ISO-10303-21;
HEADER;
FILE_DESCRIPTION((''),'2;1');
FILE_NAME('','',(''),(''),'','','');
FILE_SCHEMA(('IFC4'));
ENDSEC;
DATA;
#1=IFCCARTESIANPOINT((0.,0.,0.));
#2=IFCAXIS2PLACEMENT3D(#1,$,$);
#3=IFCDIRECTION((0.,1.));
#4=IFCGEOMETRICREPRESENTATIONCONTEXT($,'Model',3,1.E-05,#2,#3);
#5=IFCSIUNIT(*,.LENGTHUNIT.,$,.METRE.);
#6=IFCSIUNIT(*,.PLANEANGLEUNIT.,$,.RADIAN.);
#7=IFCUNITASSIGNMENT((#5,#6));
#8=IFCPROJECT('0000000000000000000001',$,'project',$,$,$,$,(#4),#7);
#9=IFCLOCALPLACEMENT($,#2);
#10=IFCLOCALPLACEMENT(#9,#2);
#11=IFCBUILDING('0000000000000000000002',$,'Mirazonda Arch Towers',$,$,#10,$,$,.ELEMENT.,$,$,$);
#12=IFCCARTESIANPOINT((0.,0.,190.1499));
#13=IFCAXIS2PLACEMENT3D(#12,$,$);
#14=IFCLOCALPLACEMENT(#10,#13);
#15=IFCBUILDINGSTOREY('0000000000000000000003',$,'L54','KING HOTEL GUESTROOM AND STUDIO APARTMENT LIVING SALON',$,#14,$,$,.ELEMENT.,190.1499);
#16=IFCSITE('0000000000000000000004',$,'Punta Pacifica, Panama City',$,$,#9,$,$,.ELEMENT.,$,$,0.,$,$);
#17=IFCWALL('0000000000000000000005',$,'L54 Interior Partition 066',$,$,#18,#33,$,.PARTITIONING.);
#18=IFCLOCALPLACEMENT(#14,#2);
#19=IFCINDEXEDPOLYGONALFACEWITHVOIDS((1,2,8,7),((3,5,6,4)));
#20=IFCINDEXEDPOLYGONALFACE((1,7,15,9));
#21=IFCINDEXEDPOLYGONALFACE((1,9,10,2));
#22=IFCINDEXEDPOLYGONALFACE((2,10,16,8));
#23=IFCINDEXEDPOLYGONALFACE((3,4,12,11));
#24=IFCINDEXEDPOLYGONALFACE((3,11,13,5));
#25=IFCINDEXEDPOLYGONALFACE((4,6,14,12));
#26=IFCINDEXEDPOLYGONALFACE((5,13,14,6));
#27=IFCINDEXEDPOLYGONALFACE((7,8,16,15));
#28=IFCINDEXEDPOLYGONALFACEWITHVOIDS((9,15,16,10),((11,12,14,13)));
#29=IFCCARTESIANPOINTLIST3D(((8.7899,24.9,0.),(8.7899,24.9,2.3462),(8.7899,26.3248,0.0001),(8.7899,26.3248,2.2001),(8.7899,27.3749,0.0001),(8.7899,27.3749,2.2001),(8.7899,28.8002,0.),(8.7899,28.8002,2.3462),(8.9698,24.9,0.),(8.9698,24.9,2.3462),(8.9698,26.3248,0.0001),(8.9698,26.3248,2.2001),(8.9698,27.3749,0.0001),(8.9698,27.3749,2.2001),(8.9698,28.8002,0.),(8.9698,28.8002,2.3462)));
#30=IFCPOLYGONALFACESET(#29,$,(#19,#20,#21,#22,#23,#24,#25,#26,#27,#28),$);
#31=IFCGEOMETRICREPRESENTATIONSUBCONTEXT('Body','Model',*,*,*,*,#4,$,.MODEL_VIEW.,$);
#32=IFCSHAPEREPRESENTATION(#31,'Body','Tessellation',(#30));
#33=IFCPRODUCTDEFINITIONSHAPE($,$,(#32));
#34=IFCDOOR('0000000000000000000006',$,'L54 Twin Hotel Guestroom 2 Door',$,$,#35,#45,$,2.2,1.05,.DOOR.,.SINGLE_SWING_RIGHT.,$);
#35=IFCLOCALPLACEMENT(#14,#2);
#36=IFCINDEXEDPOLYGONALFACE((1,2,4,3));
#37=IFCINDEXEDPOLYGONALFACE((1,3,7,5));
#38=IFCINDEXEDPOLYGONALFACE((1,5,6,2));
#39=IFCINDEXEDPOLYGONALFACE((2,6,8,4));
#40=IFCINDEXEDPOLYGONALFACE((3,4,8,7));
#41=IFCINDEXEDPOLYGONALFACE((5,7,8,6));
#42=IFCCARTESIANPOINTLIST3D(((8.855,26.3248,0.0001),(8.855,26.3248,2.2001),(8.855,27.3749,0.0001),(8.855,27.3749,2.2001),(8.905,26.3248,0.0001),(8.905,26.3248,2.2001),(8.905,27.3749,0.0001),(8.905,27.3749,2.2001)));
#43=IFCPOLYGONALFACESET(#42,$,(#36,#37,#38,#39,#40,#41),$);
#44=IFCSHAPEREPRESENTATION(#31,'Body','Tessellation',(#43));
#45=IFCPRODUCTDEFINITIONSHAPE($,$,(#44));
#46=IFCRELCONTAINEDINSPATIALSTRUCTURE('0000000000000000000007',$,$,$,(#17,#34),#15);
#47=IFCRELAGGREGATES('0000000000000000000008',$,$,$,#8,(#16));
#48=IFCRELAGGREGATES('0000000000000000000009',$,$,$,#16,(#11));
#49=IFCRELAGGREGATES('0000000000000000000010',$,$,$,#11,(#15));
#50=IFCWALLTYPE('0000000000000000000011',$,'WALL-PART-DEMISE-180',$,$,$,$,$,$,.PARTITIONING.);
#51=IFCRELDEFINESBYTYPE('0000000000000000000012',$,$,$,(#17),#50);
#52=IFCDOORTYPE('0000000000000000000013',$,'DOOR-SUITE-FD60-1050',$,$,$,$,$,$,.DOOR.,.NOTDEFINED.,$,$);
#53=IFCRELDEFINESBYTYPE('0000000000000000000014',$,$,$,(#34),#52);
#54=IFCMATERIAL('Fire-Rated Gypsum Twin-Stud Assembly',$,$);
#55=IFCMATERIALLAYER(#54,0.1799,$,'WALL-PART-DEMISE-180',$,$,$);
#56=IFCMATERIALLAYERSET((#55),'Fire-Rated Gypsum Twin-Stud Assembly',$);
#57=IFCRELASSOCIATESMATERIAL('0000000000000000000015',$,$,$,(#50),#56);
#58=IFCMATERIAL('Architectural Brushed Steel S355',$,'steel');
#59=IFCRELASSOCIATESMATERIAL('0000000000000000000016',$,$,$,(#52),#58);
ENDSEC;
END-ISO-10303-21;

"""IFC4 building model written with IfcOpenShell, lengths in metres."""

from ifc_helpers import new_model, si_unit, direction, frame, frame_2d, origin, place, context, subcontext, project, spatial, rectangle, extrude, material, layer, layer_set, type_object, element, fill, save


model = new_model("IFC4")

# Units and contexts
model_context = context("Model", 3, precision=1e-05, world=origin(), true_north=direction((0.0, 1.0)))
body_context = subcontext(model_context, "Body", "Model", "MODEL_VIEW")
ifc_project = project(units=[si_unit("LENGTHUNIT", "METRE"), si_unit("PLANEANGLEUNIT", "RADIAN")], contexts=[model_context])

# Site, building, storey
site_placement = place(None, origin())
site = spatial("IfcSite", under=ifc_project, at=site_placement, Name="Punta Pacifica, Panama City", CompositionType="ELEMENT", RefElevation=0.0)
building_placement = place(site_placement, origin())
building = spatial("IfcBuilding", under=site, at=building_placement, Name="Mirazonda Arch Towers", CompositionType="ELEMENT")
storey_placement = place(building_placement, frame((0.0, 0.0, 190.1499)))
storey = spatial("IfcBuildingStorey", under=building, at=storey_placement, Name="L54", Description="KING HOTEL GUESTROOM AND STUDIO APARTMENT LIVING SALON", CompositionType="ELEMENT", Elevation=190.1499)

# Shared definitions
ifc_material_1 = material(Name="Architectural Brushed Steel S355", Category="steel")

# Shared definitions
ifc_material_2 = material(Name="Fire-Rated Gypsum Twin-Stud Assembly")
ifc_layer_1 = layer(ifc_material_2, 0.1799, Name="WALL-PART-DEMISE-180")
ifc_layer_set_1 = layer_set([ifc_layer_1], Name="Fire-Rated Gypsum Twin-Stud Assembly")
wall_type_1 = type_object("IfcWallType", Name="WALL-PART-DEMISE-180", PredefinedType="PARTITIONING", material=ifc_layer_set_1)

# Wall, opening, door
wall_1_placement = place(storey_placement, frame((8.8799, 24.8999, 0.0), z_axis=(0.0, 0.0, 1.0), x_axis=(0.0, 1.0, 0.0)))
wall_1 = element("IfcWall", 1, at=wall_1_placement, inside=storey, type_object=wall_type_1, Name="L54 Interior Partition 066", PredefinedType="PARTITIONING", context=body_context, shape_type="SweptSolid", body=[
    extrude(rectangle(XDim=3.9001, YDim=0.1799, at=frame_2d((1.9502, 0.0))), origin(), (0.0, 0.0, 1.0), 2.3462),
])
opening_1_placement = place(wall_1_placement, frame((1.425, 0.0, 0.0)))
opening_1 = element("IfcOpeningElement", 2, at=opening_1_placement, cuts=wall_1, PredefinedType="OPENING", context=body_context, shape_type="SweptSolid", body=[
    extrude(rectangle(XDim=1.05, YDim=2.2, at=frame_2d((0.5249, 1.1001))), frame((0.0, 0.0999, 0.0), z_axis=(0.0, -1.0, 0.0), x_axis=(1.0, 0.0, 0.0)), (0.0, 0.0, 1.0), 0.2),
])
door_type_1 = type_object("IfcDoorType", Name="DOOR-SUITE-FD60-1050", OperationType="NOTDEFINED", PredefinedType="DOOR", material=ifc_material_1)
door_1_placement = place(opening_1_placement, origin())
door_1 = element("IfcDoor", 3, at=door_1_placement, inside=storey, type_object=door_type_1, Name="L54 Twin Hotel Guestroom 2 Door", OperationType="SINGLE_SWING_RIGHT", OverallHeight=2.2, OverallWidth=1.05, PredefinedType="DOOR", context=body_context, shape_type="SweptSolid", body=[
    extrude(rectangle(XDim=1.05, YDim=2.2, at=frame_2d((0.5249, 1.1001))), frame((0.0, 0.0249, 0.0), z_axis=(0.0, -1.0, 0.0), x_axis=(1.0, 0.0, 0.0)), (0.0, 0.0, 1.0), 0.05),
])
fill(opening_1, door_1)

save(model, "model.ifc")
